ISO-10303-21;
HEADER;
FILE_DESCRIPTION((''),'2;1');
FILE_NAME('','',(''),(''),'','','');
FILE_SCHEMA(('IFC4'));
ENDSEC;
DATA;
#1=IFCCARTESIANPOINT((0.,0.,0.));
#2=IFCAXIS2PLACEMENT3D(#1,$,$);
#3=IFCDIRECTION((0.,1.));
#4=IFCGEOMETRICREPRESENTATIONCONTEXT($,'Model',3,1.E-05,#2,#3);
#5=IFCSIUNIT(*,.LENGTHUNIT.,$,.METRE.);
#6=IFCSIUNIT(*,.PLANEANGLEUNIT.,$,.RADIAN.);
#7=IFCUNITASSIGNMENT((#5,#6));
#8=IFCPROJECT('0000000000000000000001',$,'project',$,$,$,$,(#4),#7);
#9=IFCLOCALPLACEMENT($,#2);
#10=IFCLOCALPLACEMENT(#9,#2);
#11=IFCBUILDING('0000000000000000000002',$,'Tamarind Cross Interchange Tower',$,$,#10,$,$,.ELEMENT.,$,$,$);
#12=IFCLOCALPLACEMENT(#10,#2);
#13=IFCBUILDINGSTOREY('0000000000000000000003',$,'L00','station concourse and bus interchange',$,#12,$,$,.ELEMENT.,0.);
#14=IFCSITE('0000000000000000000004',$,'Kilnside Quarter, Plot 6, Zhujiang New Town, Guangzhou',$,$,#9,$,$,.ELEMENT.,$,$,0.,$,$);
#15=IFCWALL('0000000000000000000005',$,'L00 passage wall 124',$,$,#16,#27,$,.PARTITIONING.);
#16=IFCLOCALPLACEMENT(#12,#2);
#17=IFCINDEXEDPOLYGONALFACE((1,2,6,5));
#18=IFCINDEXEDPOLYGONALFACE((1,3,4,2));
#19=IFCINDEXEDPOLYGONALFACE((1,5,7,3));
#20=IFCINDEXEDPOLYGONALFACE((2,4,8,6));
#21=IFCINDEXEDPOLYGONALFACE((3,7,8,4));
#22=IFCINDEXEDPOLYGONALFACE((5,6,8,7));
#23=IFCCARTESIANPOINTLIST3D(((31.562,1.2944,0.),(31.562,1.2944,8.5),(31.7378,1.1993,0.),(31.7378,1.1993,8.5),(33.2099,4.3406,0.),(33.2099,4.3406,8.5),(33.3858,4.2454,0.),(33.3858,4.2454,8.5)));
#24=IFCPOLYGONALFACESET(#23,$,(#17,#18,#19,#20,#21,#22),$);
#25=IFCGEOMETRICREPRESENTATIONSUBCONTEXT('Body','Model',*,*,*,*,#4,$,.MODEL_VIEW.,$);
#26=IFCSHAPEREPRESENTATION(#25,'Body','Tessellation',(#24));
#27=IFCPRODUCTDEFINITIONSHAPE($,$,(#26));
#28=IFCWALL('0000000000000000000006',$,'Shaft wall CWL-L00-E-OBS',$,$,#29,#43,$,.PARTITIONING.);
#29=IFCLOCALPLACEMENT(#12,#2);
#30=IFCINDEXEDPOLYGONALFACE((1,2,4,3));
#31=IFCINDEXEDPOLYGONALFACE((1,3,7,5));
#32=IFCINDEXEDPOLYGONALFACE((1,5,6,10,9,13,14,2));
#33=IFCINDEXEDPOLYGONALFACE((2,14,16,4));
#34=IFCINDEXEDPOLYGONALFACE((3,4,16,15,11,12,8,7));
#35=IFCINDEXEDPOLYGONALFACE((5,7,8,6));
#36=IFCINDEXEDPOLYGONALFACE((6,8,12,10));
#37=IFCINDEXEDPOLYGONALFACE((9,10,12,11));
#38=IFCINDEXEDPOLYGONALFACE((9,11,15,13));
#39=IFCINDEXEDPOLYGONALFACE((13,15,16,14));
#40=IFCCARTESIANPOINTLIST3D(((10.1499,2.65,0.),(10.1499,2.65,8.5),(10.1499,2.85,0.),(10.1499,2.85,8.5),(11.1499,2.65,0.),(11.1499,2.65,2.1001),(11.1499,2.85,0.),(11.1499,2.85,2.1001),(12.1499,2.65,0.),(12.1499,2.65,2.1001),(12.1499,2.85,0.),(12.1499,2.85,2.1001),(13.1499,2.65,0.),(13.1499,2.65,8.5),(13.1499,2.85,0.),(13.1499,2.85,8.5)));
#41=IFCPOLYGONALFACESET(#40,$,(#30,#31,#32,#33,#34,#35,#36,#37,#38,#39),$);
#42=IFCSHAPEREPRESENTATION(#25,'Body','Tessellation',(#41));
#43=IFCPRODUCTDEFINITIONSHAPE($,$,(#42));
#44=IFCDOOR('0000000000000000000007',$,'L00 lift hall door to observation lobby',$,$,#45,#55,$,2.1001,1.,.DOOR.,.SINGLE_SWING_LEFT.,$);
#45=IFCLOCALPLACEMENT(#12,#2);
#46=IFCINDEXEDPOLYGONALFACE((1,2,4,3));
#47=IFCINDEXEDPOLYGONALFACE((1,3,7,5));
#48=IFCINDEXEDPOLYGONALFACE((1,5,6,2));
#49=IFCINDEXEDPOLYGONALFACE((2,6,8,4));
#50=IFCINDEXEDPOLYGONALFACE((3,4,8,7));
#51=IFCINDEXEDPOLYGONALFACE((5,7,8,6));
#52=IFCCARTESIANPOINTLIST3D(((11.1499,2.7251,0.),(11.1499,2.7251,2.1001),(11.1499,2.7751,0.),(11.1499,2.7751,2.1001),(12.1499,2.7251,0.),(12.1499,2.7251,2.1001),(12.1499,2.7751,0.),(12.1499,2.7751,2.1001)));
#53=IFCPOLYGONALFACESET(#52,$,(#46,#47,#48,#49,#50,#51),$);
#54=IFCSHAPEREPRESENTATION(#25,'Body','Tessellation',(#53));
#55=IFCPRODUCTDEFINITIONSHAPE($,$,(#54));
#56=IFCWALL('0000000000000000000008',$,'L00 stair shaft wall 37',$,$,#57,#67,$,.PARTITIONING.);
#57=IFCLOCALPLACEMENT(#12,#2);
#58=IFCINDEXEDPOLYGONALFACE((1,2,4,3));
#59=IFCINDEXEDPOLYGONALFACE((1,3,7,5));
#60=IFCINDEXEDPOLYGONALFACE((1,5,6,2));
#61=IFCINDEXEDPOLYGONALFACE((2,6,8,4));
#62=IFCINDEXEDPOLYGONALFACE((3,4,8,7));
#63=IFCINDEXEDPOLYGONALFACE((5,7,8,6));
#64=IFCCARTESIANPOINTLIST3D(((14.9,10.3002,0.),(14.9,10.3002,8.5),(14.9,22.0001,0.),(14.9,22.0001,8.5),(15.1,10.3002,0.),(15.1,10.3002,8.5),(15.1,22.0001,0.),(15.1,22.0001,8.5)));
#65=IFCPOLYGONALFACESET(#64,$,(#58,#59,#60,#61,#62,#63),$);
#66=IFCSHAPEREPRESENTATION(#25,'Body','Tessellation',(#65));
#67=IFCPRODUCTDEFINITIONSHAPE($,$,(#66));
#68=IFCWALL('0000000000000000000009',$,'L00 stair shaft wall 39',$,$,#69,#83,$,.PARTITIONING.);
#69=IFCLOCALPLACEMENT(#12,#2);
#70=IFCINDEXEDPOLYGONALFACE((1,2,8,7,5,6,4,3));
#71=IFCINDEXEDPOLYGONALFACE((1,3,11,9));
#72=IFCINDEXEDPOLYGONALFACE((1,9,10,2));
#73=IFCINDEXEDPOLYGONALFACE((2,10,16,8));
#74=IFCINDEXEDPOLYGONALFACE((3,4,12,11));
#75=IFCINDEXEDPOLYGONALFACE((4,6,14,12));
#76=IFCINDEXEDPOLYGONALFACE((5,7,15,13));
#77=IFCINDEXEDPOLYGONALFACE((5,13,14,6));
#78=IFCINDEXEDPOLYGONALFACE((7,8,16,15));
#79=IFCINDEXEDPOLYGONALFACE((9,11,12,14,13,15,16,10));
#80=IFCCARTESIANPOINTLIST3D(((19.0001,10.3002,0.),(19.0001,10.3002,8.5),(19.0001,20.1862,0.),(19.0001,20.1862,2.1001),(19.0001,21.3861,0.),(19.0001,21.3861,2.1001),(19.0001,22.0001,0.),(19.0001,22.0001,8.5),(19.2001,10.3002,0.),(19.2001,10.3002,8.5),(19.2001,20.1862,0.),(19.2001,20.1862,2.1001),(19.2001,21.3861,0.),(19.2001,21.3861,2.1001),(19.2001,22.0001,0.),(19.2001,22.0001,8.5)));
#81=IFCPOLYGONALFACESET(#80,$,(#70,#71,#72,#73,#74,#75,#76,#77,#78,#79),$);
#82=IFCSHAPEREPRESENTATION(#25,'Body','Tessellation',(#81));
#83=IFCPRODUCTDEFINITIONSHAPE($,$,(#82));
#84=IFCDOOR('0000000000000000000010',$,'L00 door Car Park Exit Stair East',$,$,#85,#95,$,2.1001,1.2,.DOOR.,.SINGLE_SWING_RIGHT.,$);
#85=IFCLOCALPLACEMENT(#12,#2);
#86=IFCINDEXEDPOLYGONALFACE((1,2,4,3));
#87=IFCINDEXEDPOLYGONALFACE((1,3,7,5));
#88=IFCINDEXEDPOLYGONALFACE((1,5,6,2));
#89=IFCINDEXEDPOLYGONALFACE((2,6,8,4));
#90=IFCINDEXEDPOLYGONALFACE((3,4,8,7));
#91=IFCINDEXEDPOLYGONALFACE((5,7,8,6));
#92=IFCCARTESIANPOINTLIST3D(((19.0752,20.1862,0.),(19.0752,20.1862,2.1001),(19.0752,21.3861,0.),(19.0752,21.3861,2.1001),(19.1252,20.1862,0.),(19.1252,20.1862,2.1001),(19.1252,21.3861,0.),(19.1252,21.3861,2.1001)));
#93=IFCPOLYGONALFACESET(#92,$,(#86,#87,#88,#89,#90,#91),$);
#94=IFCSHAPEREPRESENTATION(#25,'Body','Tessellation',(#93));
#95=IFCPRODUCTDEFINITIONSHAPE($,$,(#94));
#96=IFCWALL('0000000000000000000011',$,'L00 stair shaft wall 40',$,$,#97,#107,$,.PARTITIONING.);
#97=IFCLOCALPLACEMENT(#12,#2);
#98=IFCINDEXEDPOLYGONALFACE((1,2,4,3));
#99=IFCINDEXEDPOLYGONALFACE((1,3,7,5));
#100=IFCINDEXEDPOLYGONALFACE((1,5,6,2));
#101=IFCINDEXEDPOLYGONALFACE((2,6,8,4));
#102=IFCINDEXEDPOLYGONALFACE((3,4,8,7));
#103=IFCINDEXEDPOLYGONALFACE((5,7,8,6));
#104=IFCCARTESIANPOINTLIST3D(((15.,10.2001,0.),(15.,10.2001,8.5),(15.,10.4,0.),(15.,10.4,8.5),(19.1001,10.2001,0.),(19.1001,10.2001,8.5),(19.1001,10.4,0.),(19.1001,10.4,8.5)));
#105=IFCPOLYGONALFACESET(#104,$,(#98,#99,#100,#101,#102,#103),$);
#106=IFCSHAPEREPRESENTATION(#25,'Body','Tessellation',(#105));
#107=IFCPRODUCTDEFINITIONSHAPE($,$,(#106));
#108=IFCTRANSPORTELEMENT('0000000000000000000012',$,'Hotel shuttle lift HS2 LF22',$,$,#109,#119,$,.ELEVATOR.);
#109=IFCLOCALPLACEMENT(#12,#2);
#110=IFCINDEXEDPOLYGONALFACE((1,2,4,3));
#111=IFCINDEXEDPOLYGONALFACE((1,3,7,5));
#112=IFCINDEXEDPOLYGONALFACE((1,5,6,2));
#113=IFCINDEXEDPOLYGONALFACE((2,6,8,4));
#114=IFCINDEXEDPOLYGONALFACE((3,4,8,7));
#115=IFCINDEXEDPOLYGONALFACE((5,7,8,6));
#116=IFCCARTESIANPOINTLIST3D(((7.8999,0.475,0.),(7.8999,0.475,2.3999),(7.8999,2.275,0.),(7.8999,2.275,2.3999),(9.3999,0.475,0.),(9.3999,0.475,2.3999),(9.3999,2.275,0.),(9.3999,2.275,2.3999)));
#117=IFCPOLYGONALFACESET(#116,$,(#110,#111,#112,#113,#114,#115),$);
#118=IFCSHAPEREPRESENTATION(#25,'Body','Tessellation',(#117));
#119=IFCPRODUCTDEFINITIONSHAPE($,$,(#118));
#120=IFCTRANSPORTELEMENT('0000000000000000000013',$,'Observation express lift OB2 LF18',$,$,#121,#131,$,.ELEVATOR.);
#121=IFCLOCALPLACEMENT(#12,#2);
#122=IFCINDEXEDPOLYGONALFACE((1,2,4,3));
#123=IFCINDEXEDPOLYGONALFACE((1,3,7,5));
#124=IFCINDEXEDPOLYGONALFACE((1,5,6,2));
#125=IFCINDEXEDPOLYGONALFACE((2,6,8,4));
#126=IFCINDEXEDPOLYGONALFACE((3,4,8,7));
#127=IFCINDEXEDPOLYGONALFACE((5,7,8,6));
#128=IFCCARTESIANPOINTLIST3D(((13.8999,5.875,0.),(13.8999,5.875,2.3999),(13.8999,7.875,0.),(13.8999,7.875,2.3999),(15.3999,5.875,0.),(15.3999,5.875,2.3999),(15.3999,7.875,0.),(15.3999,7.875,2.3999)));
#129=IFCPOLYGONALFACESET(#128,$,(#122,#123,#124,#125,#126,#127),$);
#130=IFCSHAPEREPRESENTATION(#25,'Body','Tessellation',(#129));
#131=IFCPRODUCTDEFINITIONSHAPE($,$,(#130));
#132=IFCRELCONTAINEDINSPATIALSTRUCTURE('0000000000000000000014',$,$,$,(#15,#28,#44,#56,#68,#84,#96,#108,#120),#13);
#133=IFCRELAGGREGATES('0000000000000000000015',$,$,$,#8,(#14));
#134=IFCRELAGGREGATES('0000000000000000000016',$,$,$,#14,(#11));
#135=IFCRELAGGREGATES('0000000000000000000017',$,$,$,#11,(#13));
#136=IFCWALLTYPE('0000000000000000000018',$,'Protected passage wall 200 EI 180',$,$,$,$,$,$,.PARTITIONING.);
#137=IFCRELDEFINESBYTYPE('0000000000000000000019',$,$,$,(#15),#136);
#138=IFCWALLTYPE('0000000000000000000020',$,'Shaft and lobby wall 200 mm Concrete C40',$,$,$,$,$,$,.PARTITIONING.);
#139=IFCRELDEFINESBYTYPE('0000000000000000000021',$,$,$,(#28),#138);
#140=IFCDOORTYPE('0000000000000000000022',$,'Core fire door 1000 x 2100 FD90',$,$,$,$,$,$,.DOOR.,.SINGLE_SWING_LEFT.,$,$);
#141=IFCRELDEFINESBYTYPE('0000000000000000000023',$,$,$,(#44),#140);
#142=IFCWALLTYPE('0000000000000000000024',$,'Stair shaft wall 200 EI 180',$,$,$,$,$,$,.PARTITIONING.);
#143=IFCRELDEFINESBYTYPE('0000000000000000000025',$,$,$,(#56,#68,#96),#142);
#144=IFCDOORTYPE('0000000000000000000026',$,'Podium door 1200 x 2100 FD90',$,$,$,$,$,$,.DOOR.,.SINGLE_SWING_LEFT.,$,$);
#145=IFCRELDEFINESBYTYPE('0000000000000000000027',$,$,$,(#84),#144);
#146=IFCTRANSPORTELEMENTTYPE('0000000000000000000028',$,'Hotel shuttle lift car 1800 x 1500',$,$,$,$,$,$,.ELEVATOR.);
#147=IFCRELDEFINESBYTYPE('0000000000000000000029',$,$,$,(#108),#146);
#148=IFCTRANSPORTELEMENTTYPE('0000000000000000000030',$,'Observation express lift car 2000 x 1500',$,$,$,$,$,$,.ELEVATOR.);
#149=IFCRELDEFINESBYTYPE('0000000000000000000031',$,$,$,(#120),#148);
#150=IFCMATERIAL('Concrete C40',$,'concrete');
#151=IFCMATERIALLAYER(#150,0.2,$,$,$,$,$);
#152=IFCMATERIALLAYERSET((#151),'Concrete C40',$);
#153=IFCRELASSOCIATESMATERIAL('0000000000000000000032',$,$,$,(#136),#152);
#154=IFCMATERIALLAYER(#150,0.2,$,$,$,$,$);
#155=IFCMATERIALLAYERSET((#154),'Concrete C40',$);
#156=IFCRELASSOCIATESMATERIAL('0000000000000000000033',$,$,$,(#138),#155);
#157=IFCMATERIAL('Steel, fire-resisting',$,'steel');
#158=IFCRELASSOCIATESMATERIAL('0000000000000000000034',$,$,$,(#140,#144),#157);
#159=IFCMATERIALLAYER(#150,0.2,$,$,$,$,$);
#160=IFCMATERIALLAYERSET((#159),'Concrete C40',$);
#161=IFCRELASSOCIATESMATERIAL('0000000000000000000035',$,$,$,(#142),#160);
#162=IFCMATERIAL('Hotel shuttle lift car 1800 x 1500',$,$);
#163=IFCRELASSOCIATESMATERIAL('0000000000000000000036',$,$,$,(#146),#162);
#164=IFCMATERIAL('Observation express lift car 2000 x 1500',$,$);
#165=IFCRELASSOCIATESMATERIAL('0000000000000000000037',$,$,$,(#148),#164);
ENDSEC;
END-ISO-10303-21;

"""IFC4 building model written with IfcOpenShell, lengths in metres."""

from ifc_helpers import new_model, si_unit, direction, frame, frame_2d, origin, origin_2d, place, context, subcontext, project, spatial, rectangle, extrude, material, layer, layer_set, type_object, element, fill, save


model = new_model("IFC4")

# Units and contexts
model_context = context("Model", 3, precision=1e-05, world=origin(), true_north=direction((0.0, 1.0)))
body_context = subcontext(model_context, "Body", "Model", "MODEL_VIEW")
ifc_project = project(units=[si_unit("LENGTHUNIT", "METRE"), si_unit("PLANEANGLEUNIT", "RADIAN")], contexts=[model_context])

# Site, building, storey
site_placement = place(None, origin())
site = spatial("IfcSite", under=ifc_project, at=site_placement, Name="Kilnside Quarter, Plot 6, Zhujiang New Town, Guangzhou", CompositionType="ELEMENT", RefElevation=0.0)
building_placement = place(site_placement, origin())
building = spatial("IfcBuilding", under=site, at=building_placement, Name="Tamarind Cross Interchange Tower", CompositionType="ELEMENT")
storey_placement = place(building_placement, origin())
storey = spatial("IfcBuildingStorey", under=building, at=storey_placement, Name="L00", Description="station concourse and bus interchange", CompositionType="ELEMENT", Elevation=0.0)

# Shared definitions
ifc_material_1 = material(Name="Steel, fire-resisting", Category="steel")

# Wall
ifc_material_2 = material(Name="Concrete C40", Category="concrete")
ifc_layer_1 = layer(ifc_material_2, 0.2)
ifc_layer_set_1 = layer_set([ifc_layer_1], Name="Concrete C40")
wall_type_1 = type_object("IfcWallType", Name="Protected passage wall 200 EI 180", PredefinedType="PARTITIONING", material=ifc_layer_set_1)
wall_1_placement = place(storey_placement, frame((31.6499, 1.2468, 0.0), z_axis=(0.0, 0.0, 1.0), x_axis=(0.475827, 0.879539, 0.0)))
element("IfcWall", 1, at=wall_1_placement, inside=storey, type_object=wall_type_1, Name="L00 passage wall 124", PredefinedType="PARTITIONING", context=body_context, shape_type="SweptSolid", body=[
    extrude(rectangle(XDim=3.4634, YDim=0.2, at=frame_2d((1.7317, 0.0))), origin(), (0.0, 0.0, 1.0), 8.5),
])

# Wall, opening, door
ifc_layer_2 = layer(ifc_material_2, 0.2)
ifc_layer_set_2 = layer_set([ifc_layer_2], Name="Concrete C40")
wall_type_2 = type_object("IfcWallType", Name="Shaft and lobby wall 200 mm Concrete C40", PredefinedType="PARTITIONING", material=ifc_layer_set_2)
wall_2_placement = place(storey_placement, frame((13.1499, 2.75, 0.0), z_axis=(0.0, 0.0, 1.0), x_axis=(-1.0, 0.0, 0.0)))
wall_2 = element("IfcWall", 2, at=wall_2_placement, inside=storey, type_object=wall_type_2, Name="Shaft wall CWL-L00-E-OBS", PredefinedType="PARTITIONING", context=body_context, shape_type="SweptSolid", body=[
    extrude(rectangle(XDim=3.0, YDim=0.2, at=frame_2d((1.5, 0.0))), origin(), (0.0, 0.0, 1.0), 8.5),
])
opening_1_placement = place(wall_2_placement, frame((1.0, 0.0, 0.0)))
opening_1 = element("IfcOpeningElement", 3, at=opening_1_placement, cuts=wall_2, PredefinedType="OPENING", context=body_context, shape_type="SweptSolid", body=[
    extrude(rectangle(XDim=1.0, YDim=2.1001, at=frame_2d((0.5, 1.05))), frame((0.0, 0.1099, 0.0), z_axis=(0.0, -1.0, 0.0), x_axis=(1.0, 0.0, 0.0)), (0.0, 0.0, 1.0), 0.22),
])
door_type_1 = type_object("IfcDoorType", Name="Core fire door 1000 x 2100 FD90", OperationType="SINGLE_SWING_LEFT", PredefinedType="DOOR", material=ifc_material_1)
door_1_placement = place(opening_1_placement, origin())
door_1 = element("IfcDoor", 4, at=door_1_placement, inside=storey, type_object=door_type_1, Name="L00 lift hall door to observation lobby", OperationType="SINGLE_SWING_LEFT", OverallHeight=2.1001, OverallWidth=1.0, PredefinedType="DOOR", context=body_context, shape_type="SweptSolid", body=[
    extrude(rectangle(XDim=1.0, YDim=2.1001, at=frame_2d((0.5, 1.05))), frame((0.0, 0.0249, 0.0), z_axis=(0.0, -1.0, 0.0), x_axis=(1.0, 0.0, 0.0)), (0.0, 0.0, 1.0), 0.05),
])
fill(opening_1, door_1)

# Wall
ifc_layer_3 = layer(ifc_material_2, 0.2)
ifc_layer_set_3 = layer_set([ifc_layer_3], Name="Concrete C40")
wall_type_3 = type_object("IfcWallType", Name="Stair shaft wall 200 EI 180", PredefinedType="PARTITIONING", material=ifc_layer_set_3)
wall_3_placement = place(storey_placement, frame((15.0, 10.3, 0.0), z_axis=(0.0, 0.0, 1.0), x_axis=(0.0, 1.0, 0.0)))
element("IfcWall", 5, at=wall_3_placement, inside=storey, type_object=wall_type_3, Name="L00 stair shaft wall 37", PredefinedType="PARTITIONING", context=body_context, shape_type="SweptSolid", body=[
    extrude(rectangle(XDim=11.7, YDim=0.2, at=frame_2d((5.8501, 0.0))), origin(), (0.0, 0.0, 1.0), 8.5),
])

# Wall, opening, door
wall_4_placement = place(storey_placement, frame((19.1001, 10.3, 0.0), z_axis=(0.0, 0.0, 1.0), x_axis=(0.0, 1.0, 0.0)))
wall_4 = element("IfcWall", 6, at=wall_4_placement, inside=storey, type_object=wall_type_3, Name="L00 stair shaft wall 39", PredefinedType="PARTITIONING", context=body_context, shape_type="SweptSolid", body=[
    extrude(rectangle(XDim=11.7, YDim=0.2, at=frame_2d((5.8501, 0.0))), origin(), (0.0, 0.0, 1.0), 8.5),
])
opening_2_placement = place(wall_4_placement, frame((9.886, 0.0, 0.0)))
opening_2 = element("IfcOpeningElement", 7, at=opening_2_placement, cuts=wall_4, PredefinedType="OPENING", context=body_context, shape_type="SweptSolid", body=[
    extrude(rectangle(XDim=1.2, YDim=2.1001, at=frame_2d((0.6001, 1.05))), frame((0.0, 0.1099, 0.0), z_axis=(0.0, -1.0, 0.0), x_axis=(1.0, 0.0, 0.0)), (0.0, 0.0, 1.0), 0.22),
])
door_type_2 = type_object("IfcDoorType", Name="Podium door 1200 x 2100 FD90", OperationType="SINGLE_SWING_LEFT", PredefinedType="DOOR", material=ifc_material_1)
door_2_placement = place(opening_2_placement, origin())
door_2 = element("IfcDoor", 8, at=door_2_placement, inside=storey, type_object=door_type_2, Name="L00 door Car Park Exit Stair East", OperationType="SINGLE_SWING_RIGHT", OverallHeight=2.1001, OverallWidth=1.2, PredefinedType="DOOR", context=body_context, shape_type="SweptSolid", body=[
    extrude(rectangle(XDim=1.2, YDim=2.1001, at=frame_2d((0.6001, 1.05))), frame((0.0, 0.0249, 0.0), z_axis=(0.0, -1.0, 0.0), x_axis=(1.0, 0.0, 0.0)), (0.0, 0.0, 1.0), 0.05),
])
fill(opening_2, door_2)

# Wall
wall_5_placement = place(storey_placement, frame((15.0, 10.3, 0.0), z_axis=(0.0, 0.0, 1.0), x_axis=(1.0, 0.0, 0.0)))
element("IfcWall", 9, at=wall_5_placement, inside=storey, type_object=wall_type_3, Name="L00 stair shaft wall 40", PredefinedType="PARTITIONING", context=body_context, shape_type="SweptSolid", body=[
    extrude(rectangle(XDim=4.1001, YDim=0.2, at=frame_2d((2.05, 0.0))), origin(), (0.0, 0.0, 1.0), 8.5),
])

# Transport elements
ifc_material_3 = material(Name="Hotel shuttle lift car 1800 x 1500")
transport_element_type_1 = type_object("IfcTransportElementType", Name="Hotel shuttle lift car 1800 x 1500", PredefinedType="ELEVATOR", material=ifc_material_3)
transport_element_1_placement = place(storey_placement, frame((8.6499, 1.375, 0.0), z_axis=(0.0, 0.0, 1.0), x_axis=(1.0, 0.0, 0.0)))
element("IfcTransportElement", 10, at=transport_element_1_placement, inside=storey, type_object=transport_element_type_1, Name="Hotel shuttle lift HS2 LF22", PredefinedType="ELEVATOR", context=body_context, shape_type="SweptSolid", body=[
    extrude(rectangle(XDim=1.5, YDim=1.8, at=origin_2d()), origin(), (0.0, 0.0, 1.0), 2.3999),
])
ifc_material_4 = material(Name="Observation express lift car 2000 x 1500")
transport_element_type_2 = type_object("IfcTransportElementType", Name="Observation express lift car 2000 x 1500", PredefinedType="ELEVATOR", material=ifc_material_4)
transport_element_2_placement = place(storey_placement, frame((14.6499, 6.875, 0.0), z_axis=(0.0, 0.0, 1.0), x_axis=(1.0, 0.0, 0.0)))
element("IfcTransportElement", 11, at=transport_element_2_placement, inside=storey, type_object=transport_element_type_2, Name="Observation express lift OB2 LF18", PredefinedType="ELEVATOR", context=body_context, shape_type="SweptSolid", body=[
    extrude(rectangle(XDim=1.5, YDim=2.0, at=origin_2d()), origin(), (0.0, 0.0, 1.0), 2.3999),
])

save(model, "model.ifc")
